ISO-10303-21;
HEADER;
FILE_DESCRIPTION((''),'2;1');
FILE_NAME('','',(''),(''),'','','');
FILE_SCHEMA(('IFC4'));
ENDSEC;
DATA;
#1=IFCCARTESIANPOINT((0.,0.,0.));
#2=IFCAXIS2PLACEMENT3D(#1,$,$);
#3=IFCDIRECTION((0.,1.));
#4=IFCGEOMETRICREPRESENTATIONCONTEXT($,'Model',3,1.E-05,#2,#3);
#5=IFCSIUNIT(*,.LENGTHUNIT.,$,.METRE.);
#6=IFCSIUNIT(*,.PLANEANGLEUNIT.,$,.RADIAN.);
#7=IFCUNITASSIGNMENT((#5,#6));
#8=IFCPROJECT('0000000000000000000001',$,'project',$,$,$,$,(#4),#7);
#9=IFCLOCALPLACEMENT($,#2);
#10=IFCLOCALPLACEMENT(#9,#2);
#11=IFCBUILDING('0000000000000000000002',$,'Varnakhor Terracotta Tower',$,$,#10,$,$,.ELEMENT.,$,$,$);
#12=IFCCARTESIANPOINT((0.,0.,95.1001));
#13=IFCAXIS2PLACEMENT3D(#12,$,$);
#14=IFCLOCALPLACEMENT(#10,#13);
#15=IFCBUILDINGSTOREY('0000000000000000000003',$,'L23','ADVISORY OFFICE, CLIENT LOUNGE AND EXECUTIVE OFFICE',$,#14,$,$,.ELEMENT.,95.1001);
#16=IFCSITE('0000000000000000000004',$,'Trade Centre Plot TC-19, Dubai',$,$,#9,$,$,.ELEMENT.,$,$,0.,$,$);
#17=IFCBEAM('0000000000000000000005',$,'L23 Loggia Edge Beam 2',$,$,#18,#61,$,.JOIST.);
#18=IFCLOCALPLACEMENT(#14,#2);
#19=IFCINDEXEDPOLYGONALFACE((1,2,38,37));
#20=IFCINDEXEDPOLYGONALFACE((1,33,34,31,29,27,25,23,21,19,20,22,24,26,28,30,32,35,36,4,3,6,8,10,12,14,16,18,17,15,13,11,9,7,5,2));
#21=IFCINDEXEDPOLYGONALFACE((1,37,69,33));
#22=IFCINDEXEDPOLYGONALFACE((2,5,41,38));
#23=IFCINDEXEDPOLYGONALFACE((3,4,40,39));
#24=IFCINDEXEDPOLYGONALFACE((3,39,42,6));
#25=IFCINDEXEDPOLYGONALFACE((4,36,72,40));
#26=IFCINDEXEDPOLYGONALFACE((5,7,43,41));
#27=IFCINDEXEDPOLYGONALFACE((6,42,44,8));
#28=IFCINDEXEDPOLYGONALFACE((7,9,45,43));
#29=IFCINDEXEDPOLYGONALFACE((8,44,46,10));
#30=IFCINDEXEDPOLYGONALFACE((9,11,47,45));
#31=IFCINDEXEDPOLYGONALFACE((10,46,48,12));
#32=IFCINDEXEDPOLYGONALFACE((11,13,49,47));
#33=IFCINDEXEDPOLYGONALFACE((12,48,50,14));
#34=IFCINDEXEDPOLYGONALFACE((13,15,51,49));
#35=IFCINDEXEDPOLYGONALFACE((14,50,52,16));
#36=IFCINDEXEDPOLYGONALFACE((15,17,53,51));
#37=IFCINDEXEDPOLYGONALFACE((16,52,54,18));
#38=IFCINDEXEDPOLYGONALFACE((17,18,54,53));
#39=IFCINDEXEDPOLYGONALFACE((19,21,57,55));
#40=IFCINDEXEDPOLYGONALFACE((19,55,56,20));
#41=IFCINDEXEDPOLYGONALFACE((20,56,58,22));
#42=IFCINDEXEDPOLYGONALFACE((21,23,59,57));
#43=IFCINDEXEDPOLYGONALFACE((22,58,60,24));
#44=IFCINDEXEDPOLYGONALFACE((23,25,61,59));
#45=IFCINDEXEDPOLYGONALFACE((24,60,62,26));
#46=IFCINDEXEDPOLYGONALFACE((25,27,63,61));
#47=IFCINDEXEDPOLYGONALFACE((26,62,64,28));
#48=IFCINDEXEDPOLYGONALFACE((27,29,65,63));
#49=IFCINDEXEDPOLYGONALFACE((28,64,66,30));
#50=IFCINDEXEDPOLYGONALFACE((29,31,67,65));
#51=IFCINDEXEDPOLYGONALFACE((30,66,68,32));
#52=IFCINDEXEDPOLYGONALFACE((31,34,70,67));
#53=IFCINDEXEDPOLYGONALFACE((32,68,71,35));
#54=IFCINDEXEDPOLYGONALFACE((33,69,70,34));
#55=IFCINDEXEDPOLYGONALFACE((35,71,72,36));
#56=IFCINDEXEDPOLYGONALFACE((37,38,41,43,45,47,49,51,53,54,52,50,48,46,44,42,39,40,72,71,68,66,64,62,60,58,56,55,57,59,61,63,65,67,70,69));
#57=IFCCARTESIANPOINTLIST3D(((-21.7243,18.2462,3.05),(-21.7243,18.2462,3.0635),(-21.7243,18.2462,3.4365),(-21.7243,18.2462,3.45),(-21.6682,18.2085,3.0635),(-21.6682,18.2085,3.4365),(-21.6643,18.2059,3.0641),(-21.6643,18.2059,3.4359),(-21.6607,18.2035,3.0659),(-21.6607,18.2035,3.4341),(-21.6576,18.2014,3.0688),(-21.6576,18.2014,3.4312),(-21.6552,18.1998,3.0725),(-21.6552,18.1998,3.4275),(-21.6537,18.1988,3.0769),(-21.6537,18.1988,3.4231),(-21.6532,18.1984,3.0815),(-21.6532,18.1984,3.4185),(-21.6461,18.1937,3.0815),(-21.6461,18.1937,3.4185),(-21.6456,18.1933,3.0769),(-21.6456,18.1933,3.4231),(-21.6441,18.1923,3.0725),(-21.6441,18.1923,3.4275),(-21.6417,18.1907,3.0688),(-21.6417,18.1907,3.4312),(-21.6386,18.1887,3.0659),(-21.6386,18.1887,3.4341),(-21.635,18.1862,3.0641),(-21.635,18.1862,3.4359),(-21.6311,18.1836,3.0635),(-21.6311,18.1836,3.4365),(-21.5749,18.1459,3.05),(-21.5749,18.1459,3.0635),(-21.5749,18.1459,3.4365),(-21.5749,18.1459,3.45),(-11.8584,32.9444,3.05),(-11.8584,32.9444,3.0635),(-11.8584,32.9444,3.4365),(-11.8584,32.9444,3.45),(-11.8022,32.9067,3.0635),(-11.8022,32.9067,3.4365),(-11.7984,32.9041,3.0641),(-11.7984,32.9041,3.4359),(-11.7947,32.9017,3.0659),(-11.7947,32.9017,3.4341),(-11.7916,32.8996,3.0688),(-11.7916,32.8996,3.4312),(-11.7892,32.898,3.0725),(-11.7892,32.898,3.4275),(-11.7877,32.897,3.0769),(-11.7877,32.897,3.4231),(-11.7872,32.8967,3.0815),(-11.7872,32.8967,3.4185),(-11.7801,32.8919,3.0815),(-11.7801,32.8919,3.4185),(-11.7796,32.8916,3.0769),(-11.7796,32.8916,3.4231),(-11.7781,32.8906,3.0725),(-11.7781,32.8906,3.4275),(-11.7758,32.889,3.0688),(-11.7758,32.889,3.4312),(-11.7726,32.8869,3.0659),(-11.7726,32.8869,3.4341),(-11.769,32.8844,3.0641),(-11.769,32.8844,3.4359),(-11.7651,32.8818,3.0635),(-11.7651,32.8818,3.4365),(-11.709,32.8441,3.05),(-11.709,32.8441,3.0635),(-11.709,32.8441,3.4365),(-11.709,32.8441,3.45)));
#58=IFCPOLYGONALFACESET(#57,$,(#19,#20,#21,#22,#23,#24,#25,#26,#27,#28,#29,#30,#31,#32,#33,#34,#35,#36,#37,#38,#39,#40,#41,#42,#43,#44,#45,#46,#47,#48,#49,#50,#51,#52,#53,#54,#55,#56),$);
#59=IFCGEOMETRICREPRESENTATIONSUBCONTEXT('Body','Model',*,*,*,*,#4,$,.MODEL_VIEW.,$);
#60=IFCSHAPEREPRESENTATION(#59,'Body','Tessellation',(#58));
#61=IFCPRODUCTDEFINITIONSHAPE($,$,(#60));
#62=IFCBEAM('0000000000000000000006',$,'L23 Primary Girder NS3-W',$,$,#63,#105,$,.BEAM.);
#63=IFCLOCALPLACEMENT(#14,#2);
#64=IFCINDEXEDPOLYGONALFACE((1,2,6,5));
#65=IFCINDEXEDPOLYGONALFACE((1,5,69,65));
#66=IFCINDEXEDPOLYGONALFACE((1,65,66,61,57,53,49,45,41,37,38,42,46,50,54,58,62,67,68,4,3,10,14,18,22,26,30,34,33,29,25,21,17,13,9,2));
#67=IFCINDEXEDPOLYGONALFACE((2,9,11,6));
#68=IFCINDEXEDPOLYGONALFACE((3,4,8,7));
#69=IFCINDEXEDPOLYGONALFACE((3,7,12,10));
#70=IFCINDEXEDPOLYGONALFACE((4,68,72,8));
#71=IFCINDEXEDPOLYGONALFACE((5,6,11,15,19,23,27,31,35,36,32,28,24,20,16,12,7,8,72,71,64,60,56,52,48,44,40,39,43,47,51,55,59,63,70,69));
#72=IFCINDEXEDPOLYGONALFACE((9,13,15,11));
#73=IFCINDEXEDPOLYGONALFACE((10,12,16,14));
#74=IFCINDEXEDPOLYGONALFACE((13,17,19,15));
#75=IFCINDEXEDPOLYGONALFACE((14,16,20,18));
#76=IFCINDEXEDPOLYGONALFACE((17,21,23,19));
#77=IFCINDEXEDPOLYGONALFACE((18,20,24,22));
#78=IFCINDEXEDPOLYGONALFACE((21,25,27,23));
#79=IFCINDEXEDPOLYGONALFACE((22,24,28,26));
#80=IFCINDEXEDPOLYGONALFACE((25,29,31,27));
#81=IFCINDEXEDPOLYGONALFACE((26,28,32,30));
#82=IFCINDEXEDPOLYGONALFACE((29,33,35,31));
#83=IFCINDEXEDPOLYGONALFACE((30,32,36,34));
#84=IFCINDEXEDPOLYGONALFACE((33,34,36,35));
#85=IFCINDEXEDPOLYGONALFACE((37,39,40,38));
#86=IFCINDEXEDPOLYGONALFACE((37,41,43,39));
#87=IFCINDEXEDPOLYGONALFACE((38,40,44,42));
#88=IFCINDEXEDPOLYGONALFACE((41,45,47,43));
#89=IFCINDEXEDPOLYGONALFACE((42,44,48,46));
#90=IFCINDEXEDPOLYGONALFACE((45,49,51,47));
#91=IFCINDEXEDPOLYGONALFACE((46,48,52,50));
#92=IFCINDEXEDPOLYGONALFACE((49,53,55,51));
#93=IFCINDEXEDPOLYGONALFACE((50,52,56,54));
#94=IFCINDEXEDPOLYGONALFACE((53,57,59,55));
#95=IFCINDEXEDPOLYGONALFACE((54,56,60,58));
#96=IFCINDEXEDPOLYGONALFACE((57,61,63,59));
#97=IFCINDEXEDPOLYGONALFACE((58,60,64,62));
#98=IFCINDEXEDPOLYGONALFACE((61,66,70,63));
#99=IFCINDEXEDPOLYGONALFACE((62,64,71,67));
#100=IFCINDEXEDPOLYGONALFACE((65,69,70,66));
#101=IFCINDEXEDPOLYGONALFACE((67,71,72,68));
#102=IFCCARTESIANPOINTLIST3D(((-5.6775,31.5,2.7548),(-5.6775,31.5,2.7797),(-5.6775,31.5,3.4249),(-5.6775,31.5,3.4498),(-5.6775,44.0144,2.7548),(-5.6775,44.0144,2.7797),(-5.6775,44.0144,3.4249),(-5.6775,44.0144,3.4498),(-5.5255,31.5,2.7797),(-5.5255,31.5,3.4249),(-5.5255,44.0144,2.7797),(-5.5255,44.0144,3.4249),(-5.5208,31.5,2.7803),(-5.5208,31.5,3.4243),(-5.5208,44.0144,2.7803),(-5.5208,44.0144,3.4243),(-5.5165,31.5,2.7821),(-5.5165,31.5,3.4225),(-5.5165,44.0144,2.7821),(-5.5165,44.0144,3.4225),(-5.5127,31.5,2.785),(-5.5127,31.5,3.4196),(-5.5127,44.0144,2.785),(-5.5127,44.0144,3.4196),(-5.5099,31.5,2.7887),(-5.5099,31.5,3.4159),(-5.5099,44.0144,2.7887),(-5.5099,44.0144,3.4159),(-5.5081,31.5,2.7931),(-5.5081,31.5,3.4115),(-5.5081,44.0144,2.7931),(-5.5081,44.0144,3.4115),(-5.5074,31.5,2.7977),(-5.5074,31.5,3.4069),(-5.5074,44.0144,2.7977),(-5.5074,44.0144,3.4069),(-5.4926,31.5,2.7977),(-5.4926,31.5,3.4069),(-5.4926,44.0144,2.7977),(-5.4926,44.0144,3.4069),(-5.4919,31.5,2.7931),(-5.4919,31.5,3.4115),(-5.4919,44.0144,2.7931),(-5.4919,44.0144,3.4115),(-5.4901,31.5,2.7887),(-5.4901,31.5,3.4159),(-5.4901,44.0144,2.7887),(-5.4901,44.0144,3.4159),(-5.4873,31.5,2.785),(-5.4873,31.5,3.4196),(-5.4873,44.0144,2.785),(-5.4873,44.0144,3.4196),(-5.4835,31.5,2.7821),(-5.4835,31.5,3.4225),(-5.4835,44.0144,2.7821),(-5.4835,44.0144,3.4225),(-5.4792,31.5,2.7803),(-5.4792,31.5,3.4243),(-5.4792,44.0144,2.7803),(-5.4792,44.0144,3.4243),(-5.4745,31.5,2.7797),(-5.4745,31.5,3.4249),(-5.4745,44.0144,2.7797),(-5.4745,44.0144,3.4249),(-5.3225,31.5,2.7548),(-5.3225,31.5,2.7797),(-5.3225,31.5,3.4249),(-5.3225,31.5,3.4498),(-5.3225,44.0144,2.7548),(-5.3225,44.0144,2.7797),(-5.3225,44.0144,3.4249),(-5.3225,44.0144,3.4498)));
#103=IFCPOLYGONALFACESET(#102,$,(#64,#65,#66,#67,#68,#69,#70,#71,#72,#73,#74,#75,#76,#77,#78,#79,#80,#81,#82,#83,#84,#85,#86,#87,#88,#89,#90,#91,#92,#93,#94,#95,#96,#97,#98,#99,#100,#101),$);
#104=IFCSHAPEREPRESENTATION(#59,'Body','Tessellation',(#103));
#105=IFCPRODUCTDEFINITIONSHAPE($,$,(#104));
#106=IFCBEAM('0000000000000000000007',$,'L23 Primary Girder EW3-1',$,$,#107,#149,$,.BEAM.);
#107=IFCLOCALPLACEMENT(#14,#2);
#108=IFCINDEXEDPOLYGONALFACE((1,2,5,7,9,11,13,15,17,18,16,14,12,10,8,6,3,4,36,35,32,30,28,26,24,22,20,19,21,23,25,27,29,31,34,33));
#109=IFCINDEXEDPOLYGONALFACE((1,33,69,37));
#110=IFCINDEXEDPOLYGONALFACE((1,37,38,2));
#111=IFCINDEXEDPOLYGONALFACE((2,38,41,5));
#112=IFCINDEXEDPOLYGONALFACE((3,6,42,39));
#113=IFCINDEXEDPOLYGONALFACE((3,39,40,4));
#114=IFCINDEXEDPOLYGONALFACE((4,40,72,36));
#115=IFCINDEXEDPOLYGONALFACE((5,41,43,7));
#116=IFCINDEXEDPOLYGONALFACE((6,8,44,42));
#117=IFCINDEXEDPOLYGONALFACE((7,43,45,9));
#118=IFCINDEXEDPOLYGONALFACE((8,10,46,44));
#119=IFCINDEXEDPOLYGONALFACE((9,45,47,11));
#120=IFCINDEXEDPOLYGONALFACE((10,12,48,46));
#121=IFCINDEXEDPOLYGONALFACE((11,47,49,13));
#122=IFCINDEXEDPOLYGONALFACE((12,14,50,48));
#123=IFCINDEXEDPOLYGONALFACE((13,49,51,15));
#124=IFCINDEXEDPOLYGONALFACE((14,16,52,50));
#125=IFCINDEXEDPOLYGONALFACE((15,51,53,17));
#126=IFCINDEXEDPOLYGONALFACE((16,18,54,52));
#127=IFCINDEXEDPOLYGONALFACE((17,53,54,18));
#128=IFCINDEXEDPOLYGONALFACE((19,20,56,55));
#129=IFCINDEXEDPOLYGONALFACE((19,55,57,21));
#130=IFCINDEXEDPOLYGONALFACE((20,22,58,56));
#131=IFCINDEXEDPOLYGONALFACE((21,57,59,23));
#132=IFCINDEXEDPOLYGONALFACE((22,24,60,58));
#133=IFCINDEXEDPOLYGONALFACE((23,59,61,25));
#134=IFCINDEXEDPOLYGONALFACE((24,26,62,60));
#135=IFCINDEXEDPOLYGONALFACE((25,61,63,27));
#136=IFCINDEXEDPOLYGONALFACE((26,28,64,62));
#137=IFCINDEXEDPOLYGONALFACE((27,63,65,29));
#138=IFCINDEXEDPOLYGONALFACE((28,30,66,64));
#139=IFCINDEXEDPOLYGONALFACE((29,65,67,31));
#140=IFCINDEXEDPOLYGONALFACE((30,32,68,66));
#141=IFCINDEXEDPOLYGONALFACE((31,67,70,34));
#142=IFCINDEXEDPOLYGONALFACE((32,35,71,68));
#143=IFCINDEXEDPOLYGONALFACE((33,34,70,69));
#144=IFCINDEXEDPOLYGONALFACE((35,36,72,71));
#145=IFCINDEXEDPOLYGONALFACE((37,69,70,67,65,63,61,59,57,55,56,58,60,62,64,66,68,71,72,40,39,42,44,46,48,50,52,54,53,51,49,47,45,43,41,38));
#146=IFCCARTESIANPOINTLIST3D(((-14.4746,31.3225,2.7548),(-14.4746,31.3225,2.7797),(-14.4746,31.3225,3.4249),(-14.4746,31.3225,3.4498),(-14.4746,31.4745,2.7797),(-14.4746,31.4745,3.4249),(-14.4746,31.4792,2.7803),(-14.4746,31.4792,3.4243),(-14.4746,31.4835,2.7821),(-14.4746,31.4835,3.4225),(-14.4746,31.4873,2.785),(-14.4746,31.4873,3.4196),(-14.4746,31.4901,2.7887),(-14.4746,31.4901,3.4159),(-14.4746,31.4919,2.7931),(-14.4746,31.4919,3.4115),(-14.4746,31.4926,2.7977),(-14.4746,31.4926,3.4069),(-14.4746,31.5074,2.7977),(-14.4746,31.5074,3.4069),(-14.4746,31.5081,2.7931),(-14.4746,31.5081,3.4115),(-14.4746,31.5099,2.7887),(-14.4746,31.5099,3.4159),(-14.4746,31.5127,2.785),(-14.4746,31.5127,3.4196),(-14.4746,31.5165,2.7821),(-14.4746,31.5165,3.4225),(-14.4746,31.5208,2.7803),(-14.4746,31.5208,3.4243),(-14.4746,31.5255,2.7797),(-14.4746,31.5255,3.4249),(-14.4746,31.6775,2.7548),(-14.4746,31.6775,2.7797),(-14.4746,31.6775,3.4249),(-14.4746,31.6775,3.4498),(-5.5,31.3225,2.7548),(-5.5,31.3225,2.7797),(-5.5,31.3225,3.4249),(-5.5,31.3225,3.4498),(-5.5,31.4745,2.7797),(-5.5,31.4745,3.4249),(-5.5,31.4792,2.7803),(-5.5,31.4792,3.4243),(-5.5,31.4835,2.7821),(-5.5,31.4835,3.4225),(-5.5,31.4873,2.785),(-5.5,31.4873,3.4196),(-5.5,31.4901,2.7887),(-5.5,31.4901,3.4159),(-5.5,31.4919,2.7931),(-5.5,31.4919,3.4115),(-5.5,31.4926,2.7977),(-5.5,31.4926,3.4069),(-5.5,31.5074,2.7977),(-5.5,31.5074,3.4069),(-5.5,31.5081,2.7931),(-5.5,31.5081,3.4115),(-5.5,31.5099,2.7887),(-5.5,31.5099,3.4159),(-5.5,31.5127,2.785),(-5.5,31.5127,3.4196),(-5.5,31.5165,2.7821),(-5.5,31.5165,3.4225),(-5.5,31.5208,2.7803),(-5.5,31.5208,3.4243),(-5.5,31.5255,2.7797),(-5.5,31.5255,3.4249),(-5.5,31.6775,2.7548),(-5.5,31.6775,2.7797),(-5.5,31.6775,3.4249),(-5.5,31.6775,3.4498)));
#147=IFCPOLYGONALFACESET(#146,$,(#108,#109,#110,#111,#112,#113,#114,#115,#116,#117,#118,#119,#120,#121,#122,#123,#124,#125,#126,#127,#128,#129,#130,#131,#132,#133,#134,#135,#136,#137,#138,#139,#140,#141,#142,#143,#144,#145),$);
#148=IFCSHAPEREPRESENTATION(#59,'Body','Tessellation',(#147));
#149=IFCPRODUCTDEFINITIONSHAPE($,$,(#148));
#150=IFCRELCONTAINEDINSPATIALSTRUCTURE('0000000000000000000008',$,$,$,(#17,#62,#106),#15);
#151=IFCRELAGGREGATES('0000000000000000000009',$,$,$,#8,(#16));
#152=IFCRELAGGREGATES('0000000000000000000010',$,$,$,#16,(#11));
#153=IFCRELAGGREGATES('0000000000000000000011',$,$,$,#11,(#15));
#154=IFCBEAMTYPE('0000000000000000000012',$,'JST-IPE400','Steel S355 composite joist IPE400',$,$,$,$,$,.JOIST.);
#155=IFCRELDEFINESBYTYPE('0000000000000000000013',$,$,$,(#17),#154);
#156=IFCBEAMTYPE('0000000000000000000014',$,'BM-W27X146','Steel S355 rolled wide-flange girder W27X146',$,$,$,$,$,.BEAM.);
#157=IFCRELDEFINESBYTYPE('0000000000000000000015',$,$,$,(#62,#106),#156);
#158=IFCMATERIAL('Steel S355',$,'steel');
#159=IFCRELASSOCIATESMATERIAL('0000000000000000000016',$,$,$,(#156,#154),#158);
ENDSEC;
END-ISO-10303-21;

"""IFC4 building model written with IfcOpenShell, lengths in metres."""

from ifc_helpers import new_model, si_unit, direction, frame, origin, origin_2d, place, context, subcontext, project, spatial, i_section, extrude, source, transform, mapped, material, material_profile, profile_set, type_object, element, save


model = new_model("IFC4")

# Units and contexts
model_context = context("Model", 3, precision=1e-05, world=origin(), true_north=direction((0.0, 1.0)))
body_context = subcontext(model_context, "Body", "Model", "MODEL_VIEW")
ifc_project = project(units=[si_unit("LENGTHUNIT", "METRE"), si_unit("PLANEANGLEUNIT", "RADIAN")], contexts=[model_context])

# Site, building, storey
site_placement = place(None, origin())
site = spatial("IfcSite", under=ifc_project, at=site_placement, Name="Trade Centre Plot TC-19, Dubai", CompositionType="ELEMENT", RefElevation=0.0)
building_placement = place(site_placement, origin())
building = spatial("IfcBuilding", under=site, at=building_placement, Name="Varnakhor Terracotta Tower", CompositionType="ELEMENT")
storey_placement = place(building_placement, frame((0.0, 0.0, 95.1001)))
storey = spatial("IfcBuildingStorey", under=building, at=storey_placement, Name="L23", Description="ADVISORY OFFICE, CLIENT LOUNGE AND EXECUTIVE OFFICE", CompositionType="ELEMENT", Elevation=95.1001)

# Beams
ifc_material_1 = material(Name="Steel S355", Category="steel")
ifc_material_profile_1 = material_profile(ifc_material_1, i_section(OverallWidth=0.355, OverallDepth=0.6951, WebThickness=0.0149, FlangeThickness=0.0249, FilletRadius=0.0181, at=origin_2d()), Name="W27X146")
ifc_profile_set_1 = profile_set([ifc_material_profile_1], Name="Steel S355")
beam_type_1 = type_object("IfcBeamType", Name="BM-W27X146", Description="Steel S355 rolled wide-flange girder W27X146", PredefinedType="BEAM", material=ifc_profile_set_1)
ifc_material_profile_2 = material_profile(ifc_material_1, i_section(OverallWidth=0.1799, OverallDepth=0.3999, WebThickness=0.0085, FlangeThickness=0.0134, FilletRadius=0.0181, at=origin_2d()), Name="IPE400")
ifc_profile_set_2 = profile_set([ifc_material_profile_2], Name="Steel S355")
beam_type_2 = type_object("IfcBeamType", Name="JST-IPE400", Description="Steel S355 composite joist IPE400", PredefinedType="JOIST", material=ifc_profile_set_2)
shared_shape_1 = source(origin(), body_context, "Body", "SweptSolid", [
    extrude(i_section(OverallWidth=0.1799, OverallDepth=0.3999, WebThickness=0.0085, FlangeThickness=0.0134, FilletRadius=0.0181, at=origin_2d()), origin(), (0.0, 0.0, 1.0), 17.7024),
])
beam_1_placement = place(storey_placement, frame((-11.7837, 32.8943, 3.25), z_axis=(-0.557323, -0.830296, 0.0), x_axis=(0.830296, -0.557323, 0.0)))
element("IfcBeam", 1, at=beam_1_placement, inside=storey, type_object=beam_type_2, Name="L23 Loggia Edge Beam 2", PredefinedType="JOIST", context=body_context, shape_type="MappedRepresentation", body=[
    mapped(shared_shape_1, transform((0.0, 0.0, 0.0), scale=1.0)),
])
shared_shape_2 = source(origin(), body_context, "Body", "SweptSolid", [
    extrude(i_section(OverallWidth=0.355, OverallDepth=0.6951, WebThickness=0.0149, FlangeThickness=0.0249, FilletRadius=0.0181, at=origin_2d()), origin(), (0.0, 0.0, 1.0), 12.5144),
])
beam_2_placement = place(storey_placement, frame((-5.5, 31.5, 3.1023), z_axis=(0.0, 1.0, 0.0), x_axis=(-1.0, 0.0, 0.0)))
element("IfcBeam", 2, at=beam_2_placement, inside=storey, type_object=beam_type_1, Name="L23 Primary Girder NS3-W", PredefinedType="BEAM", context=body_context, shape_type="MappedRepresentation", body=[
    mapped(shared_shape_2, transform((0.0, 0.0, 0.0), scale=1.0)),
])
shared_shape_3 = source(origin(), body_context, "Body", "SweptSolid", [
    extrude(i_section(OverallWidth=0.355, OverallDepth=0.6951, WebThickness=0.0149, FlangeThickness=0.0249, FilletRadius=0.0181, at=origin_2d()), origin(), (0.0, 0.0, 1.0), 8.9746),
])
beam_3_placement = place(storey_placement, frame((-14.4746, 31.5, 3.1023), z_axis=(1.0, 0.0, 0.0), x_axis=(0.0, 1.0, 0.0)))
element("IfcBeam", 3, at=beam_3_placement, inside=storey, type_object=beam_type_1, Name="L23 Primary Girder EW3-1", PredefinedType="BEAM", context=body_context, shape_type="MappedRepresentation", body=[
    mapped(shared_shape_3, transform((0.0, 0.0, 0.0), scale=1.0)),
])

save(model, "model.ifc")
